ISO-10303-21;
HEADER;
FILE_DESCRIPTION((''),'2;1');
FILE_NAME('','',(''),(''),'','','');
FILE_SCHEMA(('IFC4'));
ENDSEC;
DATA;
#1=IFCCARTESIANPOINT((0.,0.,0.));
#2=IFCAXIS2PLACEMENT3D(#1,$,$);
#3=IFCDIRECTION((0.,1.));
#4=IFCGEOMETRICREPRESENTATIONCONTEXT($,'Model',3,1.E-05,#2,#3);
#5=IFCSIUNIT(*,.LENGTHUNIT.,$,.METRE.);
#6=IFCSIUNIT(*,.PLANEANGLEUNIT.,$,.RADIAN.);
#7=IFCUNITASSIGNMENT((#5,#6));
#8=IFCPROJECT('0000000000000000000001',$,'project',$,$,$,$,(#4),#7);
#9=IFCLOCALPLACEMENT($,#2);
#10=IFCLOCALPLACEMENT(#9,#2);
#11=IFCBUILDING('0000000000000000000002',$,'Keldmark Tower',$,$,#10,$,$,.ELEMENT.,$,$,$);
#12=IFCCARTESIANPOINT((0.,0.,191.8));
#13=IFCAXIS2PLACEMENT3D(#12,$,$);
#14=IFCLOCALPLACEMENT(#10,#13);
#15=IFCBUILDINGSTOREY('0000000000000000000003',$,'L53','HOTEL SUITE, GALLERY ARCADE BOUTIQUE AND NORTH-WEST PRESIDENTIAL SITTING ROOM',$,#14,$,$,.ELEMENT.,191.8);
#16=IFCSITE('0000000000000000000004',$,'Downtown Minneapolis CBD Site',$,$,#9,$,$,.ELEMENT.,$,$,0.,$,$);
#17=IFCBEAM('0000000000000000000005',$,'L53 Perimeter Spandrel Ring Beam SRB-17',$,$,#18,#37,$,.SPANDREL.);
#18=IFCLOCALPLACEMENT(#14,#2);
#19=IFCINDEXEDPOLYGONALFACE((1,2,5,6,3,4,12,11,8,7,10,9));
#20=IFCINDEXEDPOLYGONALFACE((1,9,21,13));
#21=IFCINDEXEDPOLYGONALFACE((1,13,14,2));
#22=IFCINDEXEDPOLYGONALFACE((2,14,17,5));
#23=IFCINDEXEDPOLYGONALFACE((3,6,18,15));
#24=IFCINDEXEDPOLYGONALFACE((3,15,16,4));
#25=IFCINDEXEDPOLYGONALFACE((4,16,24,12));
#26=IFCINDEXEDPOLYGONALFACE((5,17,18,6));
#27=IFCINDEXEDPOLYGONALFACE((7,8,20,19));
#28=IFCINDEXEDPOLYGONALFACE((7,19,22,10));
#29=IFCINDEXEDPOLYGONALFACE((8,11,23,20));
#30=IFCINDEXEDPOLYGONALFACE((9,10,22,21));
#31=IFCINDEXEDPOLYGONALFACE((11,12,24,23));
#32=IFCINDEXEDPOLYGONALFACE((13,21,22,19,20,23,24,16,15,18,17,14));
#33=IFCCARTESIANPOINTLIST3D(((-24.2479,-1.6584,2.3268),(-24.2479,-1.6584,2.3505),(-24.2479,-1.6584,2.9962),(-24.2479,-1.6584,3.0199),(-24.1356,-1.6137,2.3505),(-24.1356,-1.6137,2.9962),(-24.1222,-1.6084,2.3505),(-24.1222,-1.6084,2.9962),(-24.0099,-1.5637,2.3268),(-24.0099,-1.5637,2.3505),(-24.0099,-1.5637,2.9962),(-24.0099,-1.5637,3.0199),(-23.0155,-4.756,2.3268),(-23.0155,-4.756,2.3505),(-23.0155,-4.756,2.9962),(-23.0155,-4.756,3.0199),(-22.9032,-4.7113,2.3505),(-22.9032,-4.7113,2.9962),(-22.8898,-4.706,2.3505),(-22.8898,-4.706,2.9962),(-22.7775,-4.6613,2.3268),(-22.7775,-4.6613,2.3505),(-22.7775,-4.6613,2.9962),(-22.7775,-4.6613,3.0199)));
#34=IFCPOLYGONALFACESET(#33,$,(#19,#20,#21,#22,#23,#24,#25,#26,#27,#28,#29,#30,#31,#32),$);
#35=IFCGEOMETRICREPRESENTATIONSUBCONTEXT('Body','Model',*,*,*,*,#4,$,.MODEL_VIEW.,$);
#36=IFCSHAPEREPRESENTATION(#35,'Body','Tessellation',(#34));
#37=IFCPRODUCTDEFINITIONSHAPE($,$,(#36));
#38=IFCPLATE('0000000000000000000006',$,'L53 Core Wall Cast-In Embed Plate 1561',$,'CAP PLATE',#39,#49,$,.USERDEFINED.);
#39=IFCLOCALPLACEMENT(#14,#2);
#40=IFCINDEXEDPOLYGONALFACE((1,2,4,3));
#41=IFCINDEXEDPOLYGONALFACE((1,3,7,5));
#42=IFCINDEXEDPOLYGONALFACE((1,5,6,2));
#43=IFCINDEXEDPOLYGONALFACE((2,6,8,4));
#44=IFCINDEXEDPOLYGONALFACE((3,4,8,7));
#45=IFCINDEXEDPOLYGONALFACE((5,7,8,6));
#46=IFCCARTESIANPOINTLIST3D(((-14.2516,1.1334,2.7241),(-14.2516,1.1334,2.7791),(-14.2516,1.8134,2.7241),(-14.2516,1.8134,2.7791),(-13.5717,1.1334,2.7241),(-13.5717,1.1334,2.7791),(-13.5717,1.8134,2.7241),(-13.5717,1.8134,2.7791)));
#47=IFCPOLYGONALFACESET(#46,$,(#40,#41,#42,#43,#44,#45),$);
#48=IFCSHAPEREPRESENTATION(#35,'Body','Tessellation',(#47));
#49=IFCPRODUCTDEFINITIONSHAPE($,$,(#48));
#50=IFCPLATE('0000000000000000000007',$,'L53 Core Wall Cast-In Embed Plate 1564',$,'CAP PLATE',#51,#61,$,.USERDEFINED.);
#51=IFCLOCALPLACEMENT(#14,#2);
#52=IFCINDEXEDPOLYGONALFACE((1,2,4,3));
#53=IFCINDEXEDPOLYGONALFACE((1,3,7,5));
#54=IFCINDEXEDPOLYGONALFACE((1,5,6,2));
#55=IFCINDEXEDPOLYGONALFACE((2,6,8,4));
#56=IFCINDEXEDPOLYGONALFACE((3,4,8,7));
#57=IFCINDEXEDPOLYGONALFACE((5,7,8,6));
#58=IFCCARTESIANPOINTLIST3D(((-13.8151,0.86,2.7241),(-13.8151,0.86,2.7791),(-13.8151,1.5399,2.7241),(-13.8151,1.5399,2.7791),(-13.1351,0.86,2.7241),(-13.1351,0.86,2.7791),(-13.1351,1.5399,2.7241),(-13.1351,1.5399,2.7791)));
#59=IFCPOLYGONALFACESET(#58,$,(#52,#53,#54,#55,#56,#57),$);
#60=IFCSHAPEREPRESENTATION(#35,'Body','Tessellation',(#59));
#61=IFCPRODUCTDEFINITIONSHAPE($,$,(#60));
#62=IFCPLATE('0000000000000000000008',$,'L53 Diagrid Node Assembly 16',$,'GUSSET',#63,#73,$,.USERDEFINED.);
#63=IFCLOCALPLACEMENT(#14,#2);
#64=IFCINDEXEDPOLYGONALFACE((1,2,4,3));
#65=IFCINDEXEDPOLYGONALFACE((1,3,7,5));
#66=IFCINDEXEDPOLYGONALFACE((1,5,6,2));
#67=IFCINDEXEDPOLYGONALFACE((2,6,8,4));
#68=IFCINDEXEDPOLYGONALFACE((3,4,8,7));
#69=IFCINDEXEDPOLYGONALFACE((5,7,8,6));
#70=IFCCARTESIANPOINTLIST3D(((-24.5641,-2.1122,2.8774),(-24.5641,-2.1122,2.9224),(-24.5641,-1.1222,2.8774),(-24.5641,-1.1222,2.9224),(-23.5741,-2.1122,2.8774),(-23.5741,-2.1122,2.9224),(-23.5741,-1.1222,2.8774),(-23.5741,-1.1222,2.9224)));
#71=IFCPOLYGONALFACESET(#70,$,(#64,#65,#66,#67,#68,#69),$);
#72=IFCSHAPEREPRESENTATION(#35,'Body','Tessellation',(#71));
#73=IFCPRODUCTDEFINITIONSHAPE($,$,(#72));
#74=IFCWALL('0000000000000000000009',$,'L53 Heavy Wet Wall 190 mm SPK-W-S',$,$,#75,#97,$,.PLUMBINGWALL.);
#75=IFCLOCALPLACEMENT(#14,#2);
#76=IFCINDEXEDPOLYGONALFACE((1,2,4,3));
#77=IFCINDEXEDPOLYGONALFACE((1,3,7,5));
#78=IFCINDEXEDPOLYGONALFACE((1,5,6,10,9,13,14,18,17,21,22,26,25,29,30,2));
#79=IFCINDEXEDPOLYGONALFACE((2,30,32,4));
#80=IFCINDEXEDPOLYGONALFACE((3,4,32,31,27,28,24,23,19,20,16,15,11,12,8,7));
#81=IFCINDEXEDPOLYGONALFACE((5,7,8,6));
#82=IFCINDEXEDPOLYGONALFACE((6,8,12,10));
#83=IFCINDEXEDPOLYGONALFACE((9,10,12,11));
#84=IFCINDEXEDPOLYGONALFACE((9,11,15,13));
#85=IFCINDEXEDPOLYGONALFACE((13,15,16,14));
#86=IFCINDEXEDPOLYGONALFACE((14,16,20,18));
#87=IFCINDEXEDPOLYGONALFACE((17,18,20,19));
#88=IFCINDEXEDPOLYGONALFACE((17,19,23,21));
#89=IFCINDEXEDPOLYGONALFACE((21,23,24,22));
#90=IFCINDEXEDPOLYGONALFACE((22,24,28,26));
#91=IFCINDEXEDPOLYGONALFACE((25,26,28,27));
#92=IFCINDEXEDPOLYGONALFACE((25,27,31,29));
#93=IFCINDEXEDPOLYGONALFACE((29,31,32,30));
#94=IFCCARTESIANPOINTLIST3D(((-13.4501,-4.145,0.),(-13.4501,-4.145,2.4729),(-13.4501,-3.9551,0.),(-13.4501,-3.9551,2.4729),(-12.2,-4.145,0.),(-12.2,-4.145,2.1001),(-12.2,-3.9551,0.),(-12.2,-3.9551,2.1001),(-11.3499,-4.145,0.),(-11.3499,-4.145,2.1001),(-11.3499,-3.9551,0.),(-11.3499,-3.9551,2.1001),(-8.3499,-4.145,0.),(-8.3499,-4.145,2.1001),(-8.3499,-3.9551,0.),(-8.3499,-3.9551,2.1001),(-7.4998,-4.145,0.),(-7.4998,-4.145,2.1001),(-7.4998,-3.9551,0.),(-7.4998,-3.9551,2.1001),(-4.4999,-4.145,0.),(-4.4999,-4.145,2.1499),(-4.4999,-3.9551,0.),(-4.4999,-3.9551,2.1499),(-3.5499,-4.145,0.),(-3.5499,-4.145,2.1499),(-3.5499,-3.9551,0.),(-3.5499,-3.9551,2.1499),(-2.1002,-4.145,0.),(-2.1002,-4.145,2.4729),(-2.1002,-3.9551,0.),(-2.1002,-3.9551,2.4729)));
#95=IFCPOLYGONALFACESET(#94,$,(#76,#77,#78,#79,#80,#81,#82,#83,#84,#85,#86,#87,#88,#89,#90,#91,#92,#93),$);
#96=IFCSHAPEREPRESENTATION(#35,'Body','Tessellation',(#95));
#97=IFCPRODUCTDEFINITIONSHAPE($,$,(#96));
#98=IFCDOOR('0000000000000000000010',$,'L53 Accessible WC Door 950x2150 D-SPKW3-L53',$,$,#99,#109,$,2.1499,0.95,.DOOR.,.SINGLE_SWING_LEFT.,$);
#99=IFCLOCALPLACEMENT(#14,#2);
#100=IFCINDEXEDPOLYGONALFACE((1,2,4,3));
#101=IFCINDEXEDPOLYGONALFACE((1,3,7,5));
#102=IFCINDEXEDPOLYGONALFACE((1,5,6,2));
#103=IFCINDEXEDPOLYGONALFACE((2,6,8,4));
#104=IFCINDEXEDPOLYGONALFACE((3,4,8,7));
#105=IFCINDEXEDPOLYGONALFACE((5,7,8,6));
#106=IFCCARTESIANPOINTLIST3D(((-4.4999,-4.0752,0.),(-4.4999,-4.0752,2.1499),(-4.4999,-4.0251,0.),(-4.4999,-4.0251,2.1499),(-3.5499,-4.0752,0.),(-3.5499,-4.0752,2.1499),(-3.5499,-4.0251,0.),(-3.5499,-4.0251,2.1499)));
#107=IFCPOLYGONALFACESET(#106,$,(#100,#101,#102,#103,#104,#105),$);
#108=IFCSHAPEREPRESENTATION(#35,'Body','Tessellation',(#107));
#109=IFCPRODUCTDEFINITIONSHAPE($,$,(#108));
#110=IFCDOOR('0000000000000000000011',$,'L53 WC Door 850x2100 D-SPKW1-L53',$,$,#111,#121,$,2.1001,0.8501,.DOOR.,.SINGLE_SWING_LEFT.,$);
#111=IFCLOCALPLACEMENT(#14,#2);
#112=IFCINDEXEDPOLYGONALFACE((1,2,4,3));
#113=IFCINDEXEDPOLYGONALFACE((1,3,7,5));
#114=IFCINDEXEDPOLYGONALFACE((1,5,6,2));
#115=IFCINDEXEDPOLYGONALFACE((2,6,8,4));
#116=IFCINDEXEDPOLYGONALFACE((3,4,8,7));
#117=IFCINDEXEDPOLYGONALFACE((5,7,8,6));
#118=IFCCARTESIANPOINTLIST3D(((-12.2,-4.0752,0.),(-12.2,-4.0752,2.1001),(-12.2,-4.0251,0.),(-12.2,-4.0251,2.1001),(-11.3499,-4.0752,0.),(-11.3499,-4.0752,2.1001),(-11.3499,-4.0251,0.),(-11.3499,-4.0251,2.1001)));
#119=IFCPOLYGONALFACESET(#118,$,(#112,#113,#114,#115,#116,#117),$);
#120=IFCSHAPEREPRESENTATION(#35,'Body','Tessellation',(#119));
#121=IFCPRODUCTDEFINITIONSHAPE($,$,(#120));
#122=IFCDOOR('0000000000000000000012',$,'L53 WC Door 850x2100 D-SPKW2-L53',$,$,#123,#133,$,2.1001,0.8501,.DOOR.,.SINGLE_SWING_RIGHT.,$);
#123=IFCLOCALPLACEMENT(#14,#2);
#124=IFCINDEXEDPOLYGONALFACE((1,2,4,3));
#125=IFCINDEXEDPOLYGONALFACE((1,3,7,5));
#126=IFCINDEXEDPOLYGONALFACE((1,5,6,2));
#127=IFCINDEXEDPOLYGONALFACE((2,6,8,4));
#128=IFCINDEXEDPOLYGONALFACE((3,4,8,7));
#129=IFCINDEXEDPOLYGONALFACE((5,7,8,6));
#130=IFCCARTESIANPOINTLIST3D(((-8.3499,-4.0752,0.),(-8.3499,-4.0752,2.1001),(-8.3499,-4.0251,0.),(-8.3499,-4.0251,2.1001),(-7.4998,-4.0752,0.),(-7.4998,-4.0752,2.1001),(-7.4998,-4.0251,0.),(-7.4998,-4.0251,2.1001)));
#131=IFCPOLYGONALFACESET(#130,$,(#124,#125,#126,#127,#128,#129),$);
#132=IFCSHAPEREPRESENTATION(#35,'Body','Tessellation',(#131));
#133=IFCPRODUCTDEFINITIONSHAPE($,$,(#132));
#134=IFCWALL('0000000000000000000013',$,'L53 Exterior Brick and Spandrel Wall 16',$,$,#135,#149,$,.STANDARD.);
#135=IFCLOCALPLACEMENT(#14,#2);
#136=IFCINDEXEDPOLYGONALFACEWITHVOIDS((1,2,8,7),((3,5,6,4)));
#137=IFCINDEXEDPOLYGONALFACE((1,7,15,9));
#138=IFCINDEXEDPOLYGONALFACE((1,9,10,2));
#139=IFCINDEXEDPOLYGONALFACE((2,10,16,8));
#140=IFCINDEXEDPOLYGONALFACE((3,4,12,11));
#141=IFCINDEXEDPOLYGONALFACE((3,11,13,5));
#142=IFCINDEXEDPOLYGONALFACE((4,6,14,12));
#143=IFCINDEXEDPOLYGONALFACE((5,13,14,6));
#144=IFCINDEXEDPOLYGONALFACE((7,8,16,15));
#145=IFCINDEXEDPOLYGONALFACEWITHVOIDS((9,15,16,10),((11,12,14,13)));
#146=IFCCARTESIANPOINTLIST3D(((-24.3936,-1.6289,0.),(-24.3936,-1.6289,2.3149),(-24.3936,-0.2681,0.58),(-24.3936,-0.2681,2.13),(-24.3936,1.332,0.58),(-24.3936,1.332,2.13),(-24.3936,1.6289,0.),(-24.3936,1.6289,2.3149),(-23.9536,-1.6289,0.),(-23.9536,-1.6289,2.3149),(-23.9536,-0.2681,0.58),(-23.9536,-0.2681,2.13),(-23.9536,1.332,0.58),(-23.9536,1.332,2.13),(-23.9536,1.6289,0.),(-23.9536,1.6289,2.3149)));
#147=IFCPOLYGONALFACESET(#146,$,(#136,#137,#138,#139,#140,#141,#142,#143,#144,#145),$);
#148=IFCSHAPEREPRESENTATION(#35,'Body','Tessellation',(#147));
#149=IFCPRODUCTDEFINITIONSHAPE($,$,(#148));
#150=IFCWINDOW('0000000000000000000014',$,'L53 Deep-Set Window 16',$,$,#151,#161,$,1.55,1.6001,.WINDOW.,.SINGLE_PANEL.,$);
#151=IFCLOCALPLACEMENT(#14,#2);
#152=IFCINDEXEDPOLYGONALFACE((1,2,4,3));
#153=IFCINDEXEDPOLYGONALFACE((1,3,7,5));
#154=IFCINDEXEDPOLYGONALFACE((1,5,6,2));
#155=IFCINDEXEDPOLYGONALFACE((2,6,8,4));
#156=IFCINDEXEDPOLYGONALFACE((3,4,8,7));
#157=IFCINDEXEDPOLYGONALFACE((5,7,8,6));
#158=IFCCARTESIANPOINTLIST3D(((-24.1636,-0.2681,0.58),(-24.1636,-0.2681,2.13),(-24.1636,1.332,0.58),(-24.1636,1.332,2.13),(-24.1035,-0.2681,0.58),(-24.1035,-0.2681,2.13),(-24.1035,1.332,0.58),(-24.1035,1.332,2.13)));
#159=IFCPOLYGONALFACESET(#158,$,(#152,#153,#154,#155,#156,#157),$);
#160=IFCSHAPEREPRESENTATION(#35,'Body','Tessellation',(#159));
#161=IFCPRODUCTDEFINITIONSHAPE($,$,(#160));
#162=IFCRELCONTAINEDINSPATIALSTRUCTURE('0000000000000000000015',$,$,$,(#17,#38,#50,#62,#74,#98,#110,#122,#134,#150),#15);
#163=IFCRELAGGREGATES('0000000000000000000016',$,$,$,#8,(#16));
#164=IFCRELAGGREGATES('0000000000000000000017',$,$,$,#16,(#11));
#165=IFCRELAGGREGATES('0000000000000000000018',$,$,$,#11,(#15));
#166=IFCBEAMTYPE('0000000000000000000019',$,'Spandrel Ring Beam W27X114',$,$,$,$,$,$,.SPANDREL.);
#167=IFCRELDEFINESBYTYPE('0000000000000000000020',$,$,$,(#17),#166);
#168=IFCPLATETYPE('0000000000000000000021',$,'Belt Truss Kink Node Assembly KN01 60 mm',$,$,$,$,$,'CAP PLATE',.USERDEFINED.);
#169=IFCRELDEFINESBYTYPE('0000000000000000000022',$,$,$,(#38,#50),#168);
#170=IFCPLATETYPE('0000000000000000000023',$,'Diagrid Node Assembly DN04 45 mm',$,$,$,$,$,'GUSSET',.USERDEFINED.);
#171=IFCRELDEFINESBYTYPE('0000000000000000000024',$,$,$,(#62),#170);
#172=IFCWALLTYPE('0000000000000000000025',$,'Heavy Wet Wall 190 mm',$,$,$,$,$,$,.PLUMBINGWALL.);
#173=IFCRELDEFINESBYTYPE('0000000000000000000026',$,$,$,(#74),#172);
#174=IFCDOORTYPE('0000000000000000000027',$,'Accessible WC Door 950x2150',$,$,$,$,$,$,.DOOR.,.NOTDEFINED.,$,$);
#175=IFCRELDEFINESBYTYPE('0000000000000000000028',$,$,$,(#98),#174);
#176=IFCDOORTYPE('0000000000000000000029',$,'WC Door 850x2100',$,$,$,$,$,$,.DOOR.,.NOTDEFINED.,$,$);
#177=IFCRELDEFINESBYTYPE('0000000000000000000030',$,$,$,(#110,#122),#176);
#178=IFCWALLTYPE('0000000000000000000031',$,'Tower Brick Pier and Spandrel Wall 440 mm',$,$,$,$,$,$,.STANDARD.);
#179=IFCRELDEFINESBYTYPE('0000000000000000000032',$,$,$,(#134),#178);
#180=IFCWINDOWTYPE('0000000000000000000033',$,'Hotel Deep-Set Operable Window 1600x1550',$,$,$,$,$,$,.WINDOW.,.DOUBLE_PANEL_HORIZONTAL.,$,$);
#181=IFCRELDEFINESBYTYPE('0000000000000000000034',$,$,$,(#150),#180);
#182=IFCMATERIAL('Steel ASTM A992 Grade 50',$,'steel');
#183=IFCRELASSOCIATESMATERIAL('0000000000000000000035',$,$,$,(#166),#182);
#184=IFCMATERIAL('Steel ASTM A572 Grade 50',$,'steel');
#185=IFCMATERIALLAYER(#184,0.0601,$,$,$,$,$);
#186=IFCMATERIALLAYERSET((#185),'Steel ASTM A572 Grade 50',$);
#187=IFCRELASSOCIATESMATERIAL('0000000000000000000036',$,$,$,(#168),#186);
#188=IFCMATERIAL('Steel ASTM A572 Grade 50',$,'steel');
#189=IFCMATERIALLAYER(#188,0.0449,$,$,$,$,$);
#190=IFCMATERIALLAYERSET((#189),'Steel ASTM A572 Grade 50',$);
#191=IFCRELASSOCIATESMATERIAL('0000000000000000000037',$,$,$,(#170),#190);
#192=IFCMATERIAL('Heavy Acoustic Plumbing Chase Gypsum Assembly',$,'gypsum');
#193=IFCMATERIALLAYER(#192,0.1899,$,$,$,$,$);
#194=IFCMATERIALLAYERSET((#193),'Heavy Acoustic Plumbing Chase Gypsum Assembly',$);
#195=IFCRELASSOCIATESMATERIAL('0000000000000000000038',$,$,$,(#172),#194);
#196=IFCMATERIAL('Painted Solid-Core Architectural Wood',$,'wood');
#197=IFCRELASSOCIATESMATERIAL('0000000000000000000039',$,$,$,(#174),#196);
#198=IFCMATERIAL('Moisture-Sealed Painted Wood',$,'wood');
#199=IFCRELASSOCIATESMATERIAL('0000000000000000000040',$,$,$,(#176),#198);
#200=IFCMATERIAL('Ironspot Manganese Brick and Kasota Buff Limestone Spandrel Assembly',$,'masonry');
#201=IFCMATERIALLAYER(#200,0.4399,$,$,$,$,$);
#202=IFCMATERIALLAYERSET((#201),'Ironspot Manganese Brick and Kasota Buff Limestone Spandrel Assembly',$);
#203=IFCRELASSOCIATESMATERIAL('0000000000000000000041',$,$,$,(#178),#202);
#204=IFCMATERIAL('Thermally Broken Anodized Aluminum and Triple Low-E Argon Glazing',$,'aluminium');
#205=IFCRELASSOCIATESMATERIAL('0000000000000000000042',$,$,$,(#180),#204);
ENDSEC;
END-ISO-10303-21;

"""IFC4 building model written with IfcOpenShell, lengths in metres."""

from ifc_helpers import new_model, si_unit, direction, frame, frame_2d, origin, origin_2d, place, context, subcontext, project, spatial, rectangle, i_section, extrude, material, layer, layer_set, material_profile, profile_set, type_object, element, fill, save


model = new_model("IFC4")

# Units and contexts
model_context = context("Model", 3, precision=1e-05, world=origin(), true_north=direction((0.0, 1.0)))
body_context = subcontext(model_context, "Body", "Model", "MODEL_VIEW")
ifc_project = project(units=[si_unit("LENGTHUNIT", "METRE"), si_unit("PLANEANGLEUNIT", "RADIAN")], contexts=[model_context])

# Site, building, storey
site_placement = place(None, origin())
site = spatial("IfcSite", under=ifc_project, at=site_placement, Name="Downtown Minneapolis CBD Site", CompositionType="ELEMENT", RefElevation=0.0)
building_placement = place(site_placement, origin())
building = spatial("IfcBuilding", under=site, at=building_placement, Name="Keldmark Tower", CompositionType="ELEMENT")
storey_placement = place(building_placement, frame((0.0, 0.0, 191.8)))
storey = spatial("IfcBuildingStorey", under=building, at=storey_placement, Name="L53", Description="HOTEL SUITE, GALLERY ARCADE BOUTIQUE AND NORTH-WEST PRESIDENTIAL SITTING ROOM", CompositionType="ELEMENT", Elevation=191.8)

# Beam
ifc_material_1 = material(Name="Steel ASTM A992 Grade 50", Category="steel")
ifc_material_profile_1 = material_profile(ifc_material_1, i_section(OverallWidth=0.2561, OverallDepth=0.6931, WebThickness=0.0144, FlangeThickness=0.0237, at=origin_2d()), Name="W27X114")
ifc_profile_set_1 = profile_set([ifc_material_profile_1], Name="Steel ASTM A992 Grade 50")
beam_type_1 = type_object("IfcBeamType", Name="Spandrel Ring Beam W27X114", PredefinedType="SPANDREL", material=ifc_profile_set_1)
beam_1_placement = place(storey_placement, frame((-24.1289, -1.6111, 2.6733), z_axis=(0.369673, -0.929162, 0.0), x_axis=(0.929162, 0.369673, 0.0)))
element("IfcBeam", 1, at=beam_1_placement, inside=storey, type_object=beam_type_1, Name="L53 Perimeter Spandrel Ring Beam SRB-17", PredefinedType="SPANDREL", context=body_context, shape_type="SweptSolid", body=[
    extrude(i_section(OverallWidth=0.2561, OverallDepth=0.6931, WebThickness=0.0144, FlangeThickness=0.0237, at=origin_2d()), origin(), (0.0, 0.0, 1.0), 3.3337),
])

# Plates
ifc_material_2 = material(Name="Steel ASTM A572 Grade 50", Category="steel")
ifc_layer_1 = layer(ifc_material_2, 0.0601)
ifc_layer_set_1 = layer_set([ifc_layer_1], Name="Steel ASTM A572 Grade 50")
plate_type_1 = type_object("IfcPlateType", Name="Belt Truss Kink Node Assembly KN01 60 mm", ElementType="CAP PLATE", PredefinedType="USERDEFINED", material=ifc_layer_set_1)
for number, where, z_axis, x_axis, name in (
    (2, (-13.9116, 1.4734, 2.7241), (0.0, 0.0, 1.0), (1.0, 0.0, 0.0), "L53 Core Wall Cast-In Embed Plate 1561"),
    (3, (-13.4751, 1.2, 2.7241), (0.0, 0.0, 1.0), (1.0, 0.0, 0.0), "L53 Core Wall Cast-In Embed Plate 1564"),
):
    element("IfcPlate", number, at=place(storey_placement, frame(where, z_axis=z_axis, x_axis=x_axis)), inside=storey, type_object=plate_type_1, Name=name, ObjectType="CAP PLATE", PredefinedType="USERDEFINED", context=body_context, shape_type="SweptSolid", body=[
        extrude(rectangle(XDim=0.6799, YDim=0.6799, at=origin_2d()), origin(), (0.0, 0.0, 1.0), 0.0549),
    ])
ifc_material_3 = material(Name="Steel ASTM A572 Grade 50", Category="steel")
ifc_layer_2 = layer(ifc_material_3, 0.0449)
ifc_layer_set_2 = layer_set([ifc_layer_2], Name="Steel ASTM A572 Grade 50")
plate_type_2 = type_object("IfcPlateType", Name="Diagrid Node Assembly DN04 45 mm", ElementType="GUSSET", PredefinedType="USERDEFINED", material=ifc_layer_set_2)
plate_placement = place(storey_placement, frame((-24.0691, -1.6172, 2.8774), z_axis=(0.0, 0.0, 1.0), x_axis=(0.0, -1.0, 0.0)))
element("IfcPlate", 4, at=plate_placement, inside=storey, type_object=plate_type_2, Name="L53 Diagrid Node Assembly 16", ObjectType="GUSSET", PredefinedType="USERDEFINED", context=body_context, shape_type="SweptSolid", body=[
    extrude(rectangle(XDim=0.99, YDim=0.99, at=origin_2d()), origin(), (0.0, 0.0, 1.0), 0.0449),
])

# Wall, openings, doors
ifc_material_4 = material(Name="Heavy Acoustic Plumbing Chase Gypsum Assembly", Category="gypsum")
ifc_layer_3 = layer(ifc_material_4, 0.1899)
ifc_layer_set_3 = layer_set([ifc_layer_3], Name="Heavy Acoustic Plumbing Chase Gypsum Assembly")
wall_type_1 = type_object("IfcWallType", Name="Heavy Wet Wall 190 mm", PredefinedType="PLUMBINGWALL", material=ifc_layer_set_3)
wall_1_placement = place(storey_placement, frame((-13.45, -4.05, 0.0), z_axis=(0.0, 0.0, 1.0), x_axis=(1.0, 0.0, 0.0)))
wall_1 = element("IfcWall", 5, at=wall_1_placement, inside=storey, type_object=wall_type_1, Name="L53 Heavy Wet Wall 190 mm SPK-W-S", PredefinedType="PLUMBINGWALL", context=body_context, shape_type="SweptSolid", body=[
    extrude(rectangle(XDim=11.3499, YDim=0.1899, at=frame_2d((5.6748, 0.0))), origin(), (0.0, 0.0, 1.0), 2.4729),
])
opening_1_placement = place(wall_1_placement, frame((1.25, 0.0, 0.0)))
opening_1 = element("IfcOpeningElement", 6, at=opening_1_placement, cuts=wall_1, PredefinedType="OPENING", context=body_context, shape_type="SweptSolid", body=[
    extrude(rectangle(XDim=0.8501, YDim=2.1001, at=frame_2d((0.425, 1.05))), frame((0.0, 0.105, 0.0), z_axis=(0.0, -1.0, 0.0), x_axis=(1.0, 0.0, 0.0)), (0.0, 0.0, 1.0), 0.21),
])
opening_2_placement = place(wall_1_placement, frame((5.1001, 0.0, 0.0)))
opening_2 = element("IfcOpeningElement", 7, at=opening_2_placement, cuts=wall_1, PredefinedType="OPENING", context=body_context, shape_type="SweptSolid", body=[
    extrude(rectangle(XDim=0.8501, YDim=2.1001, at=frame_2d((0.425, 1.05))), frame((0.0, 0.105, 0.0), z_axis=(0.0, -1.0, 0.0), x_axis=(1.0, 0.0, 0.0)), (0.0, 0.0, 1.0), 0.21),
])
opening_3_placement = place(wall_1_placement, frame((8.95, 0.0, 0.0)))
opening_3 = element("IfcOpeningElement", 8, at=opening_3_placement, cuts=wall_1, PredefinedType="OPENING", context=body_context, shape_type="SweptSolid", body=[
    extrude(rectangle(XDim=0.95, YDim=2.1499, at=frame_2d((0.4751, 1.075))), frame((0.0, 0.105, 0.0), z_axis=(0.0, -1.0, 0.0), x_axis=(1.0, 0.0, 0.0)), (0.0, 0.0, 1.0), 0.21),
])
ifc_material_5 = material(Name="Painted Solid-Core Architectural Wood", Category="wood")
door_type_1 = type_object("IfcDoorType", Name="Accessible WC Door 950x2150", OperationType="NOTDEFINED", PredefinedType="DOOR", material=ifc_material_5)
door_1_placement = place(opening_3_placement, origin())
door_1 = element("IfcDoor", 9, at=door_1_placement, inside=storey, type_object=door_type_1, Name="L53 Accessible WC Door 950x2150 D-SPKW3-L53", OperationType="SINGLE_SWING_LEFT", OverallHeight=2.1499, OverallWidth=0.95, PredefinedType="DOOR", context=body_context, shape_type="SweptSolid", body=[
    extrude(rectangle(XDim=0.95, YDim=2.1499, at=frame_2d((0.4751, 1.075))), frame((0.0, 0.0249, 0.0), z_axis=(0.0, -1.0, 0.0), x_axis=(1.0, 0.0, 0.0)), (0.0, 0.0, 1.0), 0.05),
])
fill(opening_3, door_1)
ifc_material_6 = material(Name="Moisture-Sealed Painted Wood", Category="wood")
door_type_2 = type_object("IfcDoorType", Name="WC Door 850x2100", OperationType="NOTDEFINED", PredefinedType="DOOR", material=ifc_material_6)
door_2_placement = place(opening_1_placement, origin())
door_2 = element("IfcDoor", 10, at=door_2_placement, inside=storey, type_object=door_type_2, Name="L53 WC Door 850x2100 D-SPKW1-L53", OperationType="SINGLE_SWING_LEFT", OverallHeight=2.1001, OverallWidth=0.8501, PredefinedType="DOOR", context=body_context, shape_type="SweptSolid", body=[
    extrude(rectangle(XDim=0.8501, YDim=2.1001, at=frame_2d((0.425, 1.05))), frame((0.0, 0.0249, 0.0), z_axis=(0.0, -1.0, 0.0), x_axis=(1.0, 0.0, 0.0)), (0.0, 0.0, 1.0), 0.05),
])
fill(opening_1, door_2)
door_3_placement = place(opening_2_placement, origin())
door_3 = element("IfcDoor", 11, at=door_3_placement, inside=storey, type_object=door_type_2, Name="L53 WC Door 850x2100 D-SPKW2-L53", OperationType="SINGLE_SWING_RIGHT", OverallHeight=2.1001, OverallWidth=0.8501, PredefinedType="DOOR", context=body_context, shape_type="SweptSolid", body=[
    extrude(rectangle(XDim=0.8501, YDim=2.1001, at=frame_2d((0.425, 1.05))), frame((0.0, 0.0249, 0.0), z_axis=(0.0, -1.0, 0.0), x_axis=(1.0, 0.0, 0.0)), (0.0, 0.0, 1.0), 0.05),
])
fill(opening_2, door_3)

# Wall, opening, window
ifc_material_7 = material(Name="Ironspot Manganese Brick and Kasota Buff Limestone Spandrel Assembly", Category="masonry")
ifc_layer_4 = layer(ifc_material_7, 0.4399)
ifc_layer_set_4 = layer_set([ifc_layer_4], Name="Ironspot Manganese Brick and Kasota Buff Limestone Spandrel Assembly")
wall_type_2 = type_object("IfcWallType", Name="Tower Brick Pier and Spandrel Wall 440 mm", PredefinedType="STANDARD", material=ifc_layer_set_4)
wall_2_placement = place(storey_placement, frame((-24.1736, -1.6289, 0.0), z_axis=(0.0, 0.0, 1.0), x_axis=(0.0, 1.0, 0.0)))
wall_2 = element("IfcWall", 12, at=wall_2_placement, inside=storey, type_object=wall_type_2, Name="L53 Exterior Brick and Spandrel Wall 16", PredefinedType="STANDARD", context=body_context, shape_type="SweptSolid", body=[
    extrude(rectangle(XDim=3.2578, YDim=0.4399, at=frame_2d((1.6289, 0.0))), origin(), (0.0, 0.0, 1.0), 2.3149),
])
opening_4_placement = place(wall_2_placement, frame((1.3608, 0.0, 0.5801)))
opening_4 = element("IfcOpeningElement", 13, at=opening_4_placement, cuts=wall_2, PredefinedType="OPENING", context=body_context, shape_type="SweptSolid", body=[
    extrude(rectangle(XDim=1.6001, YDim=1.55, at=frame_2d((0.8, 0.7749))), frame((0.0, 0.23, 0.0), z_axis=(0.0, -1.0, 0.0), x_axis=(1.0, 0.0, 0.0)), (0.0, 0.0, 1.0), 0.46),
])
ifc_material_8 = material(Name="Thermally Broken Anodized Aluminum and Triple Low-E Argon Glazing", Category="aluminium")
window_type = type_object("IfcWindowType", Name="Hotel Deep-Set Operable Window 1600x1550", PartitioningType="DOUBLE_PANEL_HORIZONTAL", PredefinedType="WINDOW", material=ifc_material_8)
window_placement = place(opening_4_placement, origin())
window = element("IfcWindow", 14, at=window_placement, inside=storey, type_object=window_type, Name="L53 Deep-Set Window 16", OverallHeight=1.55, OverallWidth=1.6001, PartitioningType="SINGLE_PANEL", PredefinedType="WINDOW", context=body_context, shape_type="SweptSolid", body=[
    extrude(rectangle(XDim=1.6001, YDim=1.55, at=frame_2d((0.8, 0.7749))), frame((0.0, -0.01, 0.0), z_axis=(0.0, -1.0, 0.0), x_axis=(1.0, 0.0, 0.0)), (0.0, 0.0, 1.0), 0.0601),
])
fill(opening_4, window)

save(model, "model.ifc")
